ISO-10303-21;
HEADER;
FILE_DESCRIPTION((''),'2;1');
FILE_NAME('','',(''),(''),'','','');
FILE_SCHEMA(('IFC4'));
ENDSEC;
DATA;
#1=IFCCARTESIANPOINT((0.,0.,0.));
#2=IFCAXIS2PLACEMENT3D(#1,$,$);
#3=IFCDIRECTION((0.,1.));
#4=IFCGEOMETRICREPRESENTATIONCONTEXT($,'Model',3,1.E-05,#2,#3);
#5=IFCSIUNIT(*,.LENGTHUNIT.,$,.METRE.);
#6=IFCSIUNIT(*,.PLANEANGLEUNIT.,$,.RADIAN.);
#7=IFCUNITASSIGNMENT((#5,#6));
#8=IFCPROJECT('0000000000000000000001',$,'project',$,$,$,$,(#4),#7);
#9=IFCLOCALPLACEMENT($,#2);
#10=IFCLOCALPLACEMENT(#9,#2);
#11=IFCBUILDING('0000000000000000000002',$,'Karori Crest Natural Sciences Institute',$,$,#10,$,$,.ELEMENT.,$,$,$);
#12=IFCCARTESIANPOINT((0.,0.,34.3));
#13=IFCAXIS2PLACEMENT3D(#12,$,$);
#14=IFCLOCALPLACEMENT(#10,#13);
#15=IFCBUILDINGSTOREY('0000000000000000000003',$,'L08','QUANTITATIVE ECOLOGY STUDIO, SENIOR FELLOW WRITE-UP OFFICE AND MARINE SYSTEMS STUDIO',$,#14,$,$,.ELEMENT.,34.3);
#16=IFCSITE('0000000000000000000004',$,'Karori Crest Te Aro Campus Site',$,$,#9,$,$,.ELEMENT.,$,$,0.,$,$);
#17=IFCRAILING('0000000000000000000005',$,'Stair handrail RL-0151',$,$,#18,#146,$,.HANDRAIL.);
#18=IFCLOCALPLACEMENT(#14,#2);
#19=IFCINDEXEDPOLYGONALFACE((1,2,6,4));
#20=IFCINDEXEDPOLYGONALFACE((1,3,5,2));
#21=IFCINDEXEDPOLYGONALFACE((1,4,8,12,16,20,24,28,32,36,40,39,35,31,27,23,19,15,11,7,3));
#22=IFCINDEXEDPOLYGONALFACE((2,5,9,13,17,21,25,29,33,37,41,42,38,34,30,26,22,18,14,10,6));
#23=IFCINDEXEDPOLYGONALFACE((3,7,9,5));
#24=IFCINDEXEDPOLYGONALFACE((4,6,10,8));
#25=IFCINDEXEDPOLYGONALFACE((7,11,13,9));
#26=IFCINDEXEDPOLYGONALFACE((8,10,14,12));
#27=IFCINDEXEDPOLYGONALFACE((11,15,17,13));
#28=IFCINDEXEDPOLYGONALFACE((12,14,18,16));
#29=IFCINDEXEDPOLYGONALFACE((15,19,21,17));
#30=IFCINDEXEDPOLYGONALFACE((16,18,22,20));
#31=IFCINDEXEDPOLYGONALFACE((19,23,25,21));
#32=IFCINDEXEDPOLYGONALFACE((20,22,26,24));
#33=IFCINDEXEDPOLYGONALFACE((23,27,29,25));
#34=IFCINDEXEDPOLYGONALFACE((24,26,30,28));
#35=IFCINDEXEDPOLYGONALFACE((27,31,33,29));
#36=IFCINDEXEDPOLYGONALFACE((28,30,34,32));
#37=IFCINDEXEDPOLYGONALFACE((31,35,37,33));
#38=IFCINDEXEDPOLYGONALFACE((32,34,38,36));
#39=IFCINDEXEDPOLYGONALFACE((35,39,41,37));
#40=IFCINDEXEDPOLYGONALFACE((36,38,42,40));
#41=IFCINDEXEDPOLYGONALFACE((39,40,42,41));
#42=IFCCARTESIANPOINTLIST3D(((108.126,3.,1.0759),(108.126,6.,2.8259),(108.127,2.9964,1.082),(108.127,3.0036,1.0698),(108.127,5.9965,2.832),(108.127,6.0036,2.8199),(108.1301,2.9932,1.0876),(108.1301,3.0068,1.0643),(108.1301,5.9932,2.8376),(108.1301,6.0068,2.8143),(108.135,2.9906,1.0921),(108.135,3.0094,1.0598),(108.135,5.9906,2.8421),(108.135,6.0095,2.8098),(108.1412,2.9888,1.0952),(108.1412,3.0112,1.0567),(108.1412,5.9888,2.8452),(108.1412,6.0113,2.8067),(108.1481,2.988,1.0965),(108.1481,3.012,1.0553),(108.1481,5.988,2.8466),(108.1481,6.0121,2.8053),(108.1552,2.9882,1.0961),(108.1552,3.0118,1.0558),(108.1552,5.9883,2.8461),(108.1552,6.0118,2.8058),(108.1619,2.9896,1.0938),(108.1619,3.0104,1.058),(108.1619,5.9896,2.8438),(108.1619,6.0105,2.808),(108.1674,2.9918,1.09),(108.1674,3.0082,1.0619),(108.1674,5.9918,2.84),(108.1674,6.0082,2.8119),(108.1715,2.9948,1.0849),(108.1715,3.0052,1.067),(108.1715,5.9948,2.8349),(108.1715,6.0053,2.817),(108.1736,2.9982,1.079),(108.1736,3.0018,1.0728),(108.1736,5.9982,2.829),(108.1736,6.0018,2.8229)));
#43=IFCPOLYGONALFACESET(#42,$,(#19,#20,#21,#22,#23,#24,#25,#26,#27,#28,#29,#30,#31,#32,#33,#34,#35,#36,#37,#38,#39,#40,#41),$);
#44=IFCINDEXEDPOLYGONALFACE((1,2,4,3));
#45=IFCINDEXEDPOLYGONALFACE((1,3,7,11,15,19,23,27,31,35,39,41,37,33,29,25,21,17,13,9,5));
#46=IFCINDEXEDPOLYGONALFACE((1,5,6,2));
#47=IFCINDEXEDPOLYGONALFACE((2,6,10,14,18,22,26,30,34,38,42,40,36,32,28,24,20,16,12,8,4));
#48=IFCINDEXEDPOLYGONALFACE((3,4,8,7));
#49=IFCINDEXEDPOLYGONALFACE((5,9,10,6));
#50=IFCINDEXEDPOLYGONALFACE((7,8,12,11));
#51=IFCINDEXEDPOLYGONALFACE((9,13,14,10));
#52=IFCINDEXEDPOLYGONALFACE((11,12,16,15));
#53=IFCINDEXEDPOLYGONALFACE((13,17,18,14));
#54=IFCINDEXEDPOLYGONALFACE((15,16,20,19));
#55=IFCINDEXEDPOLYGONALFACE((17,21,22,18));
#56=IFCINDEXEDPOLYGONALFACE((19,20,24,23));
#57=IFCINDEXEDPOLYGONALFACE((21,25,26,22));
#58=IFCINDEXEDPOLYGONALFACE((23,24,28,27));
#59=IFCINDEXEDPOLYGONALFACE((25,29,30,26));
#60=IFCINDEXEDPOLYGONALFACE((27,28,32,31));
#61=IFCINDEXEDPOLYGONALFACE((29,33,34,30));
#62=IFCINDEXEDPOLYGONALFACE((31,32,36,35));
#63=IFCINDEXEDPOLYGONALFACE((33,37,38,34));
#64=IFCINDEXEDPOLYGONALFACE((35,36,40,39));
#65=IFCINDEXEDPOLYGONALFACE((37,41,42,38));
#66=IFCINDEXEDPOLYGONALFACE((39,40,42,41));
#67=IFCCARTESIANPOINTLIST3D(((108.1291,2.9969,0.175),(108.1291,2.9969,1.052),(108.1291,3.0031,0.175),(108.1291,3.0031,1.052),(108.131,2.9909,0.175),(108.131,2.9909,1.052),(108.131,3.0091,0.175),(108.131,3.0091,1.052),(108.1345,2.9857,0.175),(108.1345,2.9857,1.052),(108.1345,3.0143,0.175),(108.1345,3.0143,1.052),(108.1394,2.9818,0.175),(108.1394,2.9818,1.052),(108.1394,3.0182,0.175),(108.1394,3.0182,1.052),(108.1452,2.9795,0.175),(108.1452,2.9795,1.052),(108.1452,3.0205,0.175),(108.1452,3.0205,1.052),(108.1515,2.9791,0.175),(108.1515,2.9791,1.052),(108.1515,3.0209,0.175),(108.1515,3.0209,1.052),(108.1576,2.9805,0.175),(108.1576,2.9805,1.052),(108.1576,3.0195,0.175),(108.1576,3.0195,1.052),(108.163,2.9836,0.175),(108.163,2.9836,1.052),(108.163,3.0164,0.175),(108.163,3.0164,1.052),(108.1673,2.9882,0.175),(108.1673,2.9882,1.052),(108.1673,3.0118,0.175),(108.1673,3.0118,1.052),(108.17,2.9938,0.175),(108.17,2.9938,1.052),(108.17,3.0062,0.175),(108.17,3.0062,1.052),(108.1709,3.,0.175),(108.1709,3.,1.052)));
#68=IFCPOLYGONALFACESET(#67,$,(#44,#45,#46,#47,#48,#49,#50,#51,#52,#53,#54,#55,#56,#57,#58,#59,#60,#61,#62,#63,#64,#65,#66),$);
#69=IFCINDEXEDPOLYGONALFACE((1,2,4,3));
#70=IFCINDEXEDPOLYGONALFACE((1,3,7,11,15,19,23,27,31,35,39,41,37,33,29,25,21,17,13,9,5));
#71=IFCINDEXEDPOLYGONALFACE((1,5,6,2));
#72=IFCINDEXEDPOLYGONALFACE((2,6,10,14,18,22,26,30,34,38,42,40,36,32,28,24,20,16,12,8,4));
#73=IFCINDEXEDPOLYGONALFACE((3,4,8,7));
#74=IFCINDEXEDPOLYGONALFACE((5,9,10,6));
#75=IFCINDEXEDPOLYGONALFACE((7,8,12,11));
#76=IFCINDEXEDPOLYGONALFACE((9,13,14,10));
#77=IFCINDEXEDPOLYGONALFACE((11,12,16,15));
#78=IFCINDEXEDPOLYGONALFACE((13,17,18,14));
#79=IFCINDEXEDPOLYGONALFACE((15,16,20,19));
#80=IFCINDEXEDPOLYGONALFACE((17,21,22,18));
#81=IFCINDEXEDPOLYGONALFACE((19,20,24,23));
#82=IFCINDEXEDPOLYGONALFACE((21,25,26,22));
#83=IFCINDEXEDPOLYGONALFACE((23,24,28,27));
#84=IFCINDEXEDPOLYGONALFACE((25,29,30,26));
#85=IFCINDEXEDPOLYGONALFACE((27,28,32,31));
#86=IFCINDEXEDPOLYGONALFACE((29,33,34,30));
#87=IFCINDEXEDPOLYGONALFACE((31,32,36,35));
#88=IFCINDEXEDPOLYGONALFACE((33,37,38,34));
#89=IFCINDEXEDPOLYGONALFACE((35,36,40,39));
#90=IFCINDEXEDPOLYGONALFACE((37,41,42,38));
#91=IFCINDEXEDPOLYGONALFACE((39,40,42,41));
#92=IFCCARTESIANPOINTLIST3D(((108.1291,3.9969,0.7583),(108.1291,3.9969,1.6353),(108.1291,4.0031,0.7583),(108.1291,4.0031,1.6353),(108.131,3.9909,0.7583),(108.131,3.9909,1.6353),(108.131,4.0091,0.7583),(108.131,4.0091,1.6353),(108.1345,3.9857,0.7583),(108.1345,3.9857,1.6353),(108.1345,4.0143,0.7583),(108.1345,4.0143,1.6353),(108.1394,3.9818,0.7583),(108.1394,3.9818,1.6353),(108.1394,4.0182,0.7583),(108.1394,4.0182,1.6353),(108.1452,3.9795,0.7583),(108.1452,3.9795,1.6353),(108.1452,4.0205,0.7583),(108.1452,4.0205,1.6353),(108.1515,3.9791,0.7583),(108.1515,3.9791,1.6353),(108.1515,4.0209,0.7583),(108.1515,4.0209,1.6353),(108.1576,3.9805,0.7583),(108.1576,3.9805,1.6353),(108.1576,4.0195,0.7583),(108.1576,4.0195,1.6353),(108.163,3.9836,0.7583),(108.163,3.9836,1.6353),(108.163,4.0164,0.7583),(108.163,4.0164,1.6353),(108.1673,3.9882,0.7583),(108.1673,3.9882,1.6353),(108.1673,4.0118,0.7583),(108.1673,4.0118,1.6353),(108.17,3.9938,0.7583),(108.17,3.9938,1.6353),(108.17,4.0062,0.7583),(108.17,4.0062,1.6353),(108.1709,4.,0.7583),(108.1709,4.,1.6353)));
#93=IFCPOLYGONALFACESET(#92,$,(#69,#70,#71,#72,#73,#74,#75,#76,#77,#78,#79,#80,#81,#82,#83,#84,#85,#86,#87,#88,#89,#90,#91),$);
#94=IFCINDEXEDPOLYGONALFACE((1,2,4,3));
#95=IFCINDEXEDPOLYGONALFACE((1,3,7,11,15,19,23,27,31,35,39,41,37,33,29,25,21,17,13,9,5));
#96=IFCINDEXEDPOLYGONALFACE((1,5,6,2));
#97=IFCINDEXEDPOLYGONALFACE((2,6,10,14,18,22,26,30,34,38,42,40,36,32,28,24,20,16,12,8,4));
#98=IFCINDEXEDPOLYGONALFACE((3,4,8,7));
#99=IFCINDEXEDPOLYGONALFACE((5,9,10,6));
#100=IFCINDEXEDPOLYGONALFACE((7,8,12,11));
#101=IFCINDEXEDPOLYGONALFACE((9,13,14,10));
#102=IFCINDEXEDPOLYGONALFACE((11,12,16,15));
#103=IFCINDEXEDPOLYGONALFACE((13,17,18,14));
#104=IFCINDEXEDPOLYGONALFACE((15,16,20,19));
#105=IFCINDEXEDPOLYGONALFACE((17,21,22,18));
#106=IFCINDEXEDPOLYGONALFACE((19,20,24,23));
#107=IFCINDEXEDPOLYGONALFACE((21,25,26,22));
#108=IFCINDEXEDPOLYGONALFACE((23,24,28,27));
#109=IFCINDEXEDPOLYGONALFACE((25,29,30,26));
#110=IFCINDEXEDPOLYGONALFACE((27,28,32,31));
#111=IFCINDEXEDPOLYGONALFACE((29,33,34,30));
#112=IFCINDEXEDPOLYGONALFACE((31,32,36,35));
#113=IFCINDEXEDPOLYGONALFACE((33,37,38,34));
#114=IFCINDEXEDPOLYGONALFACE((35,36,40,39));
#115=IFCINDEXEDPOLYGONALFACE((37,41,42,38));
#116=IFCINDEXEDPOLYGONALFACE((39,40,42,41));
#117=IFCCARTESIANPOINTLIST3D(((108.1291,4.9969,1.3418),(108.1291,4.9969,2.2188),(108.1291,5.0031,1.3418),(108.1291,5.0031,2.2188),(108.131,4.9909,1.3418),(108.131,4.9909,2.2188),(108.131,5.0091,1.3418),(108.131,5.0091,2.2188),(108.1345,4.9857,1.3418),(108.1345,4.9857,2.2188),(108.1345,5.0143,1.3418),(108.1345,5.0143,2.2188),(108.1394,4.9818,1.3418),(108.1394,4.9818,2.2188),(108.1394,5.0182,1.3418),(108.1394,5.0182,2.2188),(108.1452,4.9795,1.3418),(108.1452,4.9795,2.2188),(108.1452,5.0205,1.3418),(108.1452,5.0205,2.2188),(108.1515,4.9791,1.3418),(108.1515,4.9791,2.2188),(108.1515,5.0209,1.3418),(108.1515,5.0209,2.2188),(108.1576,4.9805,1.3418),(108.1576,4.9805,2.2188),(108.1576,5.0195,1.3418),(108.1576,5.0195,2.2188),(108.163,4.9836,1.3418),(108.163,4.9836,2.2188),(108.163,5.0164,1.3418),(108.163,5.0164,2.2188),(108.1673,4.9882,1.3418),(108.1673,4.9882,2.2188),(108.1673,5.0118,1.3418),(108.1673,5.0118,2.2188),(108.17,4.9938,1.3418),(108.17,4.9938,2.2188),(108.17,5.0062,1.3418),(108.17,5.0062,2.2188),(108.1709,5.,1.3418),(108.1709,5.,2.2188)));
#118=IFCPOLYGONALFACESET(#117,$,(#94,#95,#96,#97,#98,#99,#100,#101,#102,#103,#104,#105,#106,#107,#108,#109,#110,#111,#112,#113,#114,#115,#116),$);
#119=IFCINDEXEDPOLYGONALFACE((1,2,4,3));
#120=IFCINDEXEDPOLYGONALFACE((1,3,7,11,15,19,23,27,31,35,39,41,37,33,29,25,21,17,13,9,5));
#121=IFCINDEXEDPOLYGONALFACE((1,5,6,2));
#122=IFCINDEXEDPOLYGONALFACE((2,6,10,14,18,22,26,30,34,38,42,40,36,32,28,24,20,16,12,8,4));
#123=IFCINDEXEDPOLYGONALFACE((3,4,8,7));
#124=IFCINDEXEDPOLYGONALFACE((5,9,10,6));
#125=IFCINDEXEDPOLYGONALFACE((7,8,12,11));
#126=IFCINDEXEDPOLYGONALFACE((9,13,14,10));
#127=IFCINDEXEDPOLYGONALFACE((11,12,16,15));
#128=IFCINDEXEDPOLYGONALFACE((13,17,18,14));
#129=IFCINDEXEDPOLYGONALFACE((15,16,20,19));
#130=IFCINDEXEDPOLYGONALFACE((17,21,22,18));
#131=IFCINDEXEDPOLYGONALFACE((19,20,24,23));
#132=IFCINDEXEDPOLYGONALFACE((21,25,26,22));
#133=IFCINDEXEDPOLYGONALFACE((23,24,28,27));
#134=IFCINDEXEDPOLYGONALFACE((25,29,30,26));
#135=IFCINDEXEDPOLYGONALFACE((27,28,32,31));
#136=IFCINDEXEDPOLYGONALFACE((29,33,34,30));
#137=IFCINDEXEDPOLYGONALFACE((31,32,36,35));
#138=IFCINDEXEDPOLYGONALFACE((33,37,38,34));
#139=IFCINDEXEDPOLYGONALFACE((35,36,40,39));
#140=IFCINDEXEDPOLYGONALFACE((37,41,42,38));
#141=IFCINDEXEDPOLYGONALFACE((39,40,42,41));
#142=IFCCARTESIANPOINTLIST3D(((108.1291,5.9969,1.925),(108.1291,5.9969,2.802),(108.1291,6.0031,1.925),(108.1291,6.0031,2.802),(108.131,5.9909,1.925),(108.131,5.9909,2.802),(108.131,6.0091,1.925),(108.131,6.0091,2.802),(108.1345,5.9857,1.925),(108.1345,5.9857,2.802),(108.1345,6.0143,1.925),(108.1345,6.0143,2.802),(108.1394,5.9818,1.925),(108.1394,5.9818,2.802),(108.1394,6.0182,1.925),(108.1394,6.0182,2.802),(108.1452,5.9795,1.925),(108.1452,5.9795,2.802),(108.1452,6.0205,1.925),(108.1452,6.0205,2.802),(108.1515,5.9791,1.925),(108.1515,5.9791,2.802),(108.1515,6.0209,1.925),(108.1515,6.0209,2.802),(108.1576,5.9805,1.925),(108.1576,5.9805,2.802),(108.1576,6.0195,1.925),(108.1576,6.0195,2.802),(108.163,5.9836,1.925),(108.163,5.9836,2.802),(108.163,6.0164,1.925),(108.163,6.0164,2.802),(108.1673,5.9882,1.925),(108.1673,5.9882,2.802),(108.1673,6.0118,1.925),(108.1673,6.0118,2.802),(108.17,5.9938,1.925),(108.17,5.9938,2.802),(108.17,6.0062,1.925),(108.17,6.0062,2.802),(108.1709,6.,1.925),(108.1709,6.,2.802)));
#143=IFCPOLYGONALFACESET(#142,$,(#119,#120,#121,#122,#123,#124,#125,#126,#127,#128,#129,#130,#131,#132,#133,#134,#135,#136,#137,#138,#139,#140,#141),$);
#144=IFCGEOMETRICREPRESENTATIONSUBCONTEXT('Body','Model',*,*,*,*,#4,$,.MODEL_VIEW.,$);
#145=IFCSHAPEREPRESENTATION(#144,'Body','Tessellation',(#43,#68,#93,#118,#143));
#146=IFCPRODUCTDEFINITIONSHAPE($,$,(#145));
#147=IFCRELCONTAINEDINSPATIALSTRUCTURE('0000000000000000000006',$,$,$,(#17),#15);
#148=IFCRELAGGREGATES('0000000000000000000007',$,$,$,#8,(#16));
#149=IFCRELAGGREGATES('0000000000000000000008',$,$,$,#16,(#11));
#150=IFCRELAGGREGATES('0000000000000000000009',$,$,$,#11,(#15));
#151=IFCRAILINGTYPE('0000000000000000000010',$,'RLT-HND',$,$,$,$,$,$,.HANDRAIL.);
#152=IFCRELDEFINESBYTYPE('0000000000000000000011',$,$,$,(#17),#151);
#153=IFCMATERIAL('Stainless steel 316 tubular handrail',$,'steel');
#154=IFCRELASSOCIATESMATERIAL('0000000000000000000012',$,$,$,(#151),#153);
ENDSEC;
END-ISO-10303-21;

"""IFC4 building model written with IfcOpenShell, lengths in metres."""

from ifc_helpers import new_model, si_unit, direction, frame, origin, origin_2d, place, context, subcontext, project, spatial, circle, extrude, material, type_object, element, save


model = new_model("IFC4")

# Units and contexts
model_context = context("Model", 3, precision=1e-05, world=origin(), true_north=direction((0.0, 1.0)))
body_context = subcontext(model_context, "Body", "Model", "MODEL_VIEW")
ifc_project = project(units=[si_unit("LENGTHUNIT", "METRE"), si_unit("PLANEANGLEUNIT", "RADIAN")], contexts=[model_context])

# Site, building, storey
site_placement = place(None, origin())
site = spatial("IfcSite", under=ifc_project, at=site_placement, Name="Karori Crest Te Aro Campus Site", CompositionType="ELEMENT", RefElevation=0.0)
building_placement = place(site_placement, origin())
building = spatial("IfcBuilding", under=site, at=building_placement, Name="Karori Crest Natural Sciences Institute", CompositionType="ELEMENT")
storey_placement = place(building_placement, frame((0.0, 0.0, 34.3)))
storey = spatial("IfcBuildingStorey", under=building, at=storey_placement, Name="L08", Description="QUANTITATIVE ECOLOGY STUDIO, SENIOR FELLOW WRITE-UP OFFICE AND MARINE SYSTEMS STUDIO", CompositionType="ELEMENT", Elevation=34.3)

# Railing
ifc_material_1 = material(Name="Stainless steel 316 tubular handrail", Category="steel")
railing_type_1 = type_object("IfcRailingType", Name="RLT-HND", PredefinedType="HANDRAIL", material=ifc_material_1)
railing_1_placement = place(storey_placement, frame((108.1499, 3.0, 0.175)))
element("IfcRailing", 1, at=railing_1_placement, inside=storey, type_object=railing_type_1, Name="Stair handrail RL-0151", PredefinedType="HANDRAIL", context=body_context, shape_type="SweptSolid", body=[
    extrude(circle(Radius=0.0239, at=origin_2d()), frame((0.0, 0.0, 0.9009), z_axis=(0.0, 0.863779, 0.503871), x_axis=(-1.0, 0.0, 0.0)), (0.0, 0.0, 1.0), 3.4731),
    extrude(circle(Radius=0.021, at=origin_2d()), origin(), (0.0, 0.0, 1.0), 0.877),
    extrude(circle(Radius=0.021, at=origin_2d()), frame((0.0, 1.0, 0.5833)), (0.0, 0.0, 1.0), 0.877),
    extrude(circle(Radius=0.021, at=origin_2d()), frame((0.0, 2.0, 1.1667)), (0.0, 0.0, 1.0), 0.877),
    extrude(circle(Radius=0.021, at=origin_2d()), frame((0.0, 3.0, 1.75)), (0.0, 0.0, 1.0), 0.877),
])

save(model, "model.ifc")
